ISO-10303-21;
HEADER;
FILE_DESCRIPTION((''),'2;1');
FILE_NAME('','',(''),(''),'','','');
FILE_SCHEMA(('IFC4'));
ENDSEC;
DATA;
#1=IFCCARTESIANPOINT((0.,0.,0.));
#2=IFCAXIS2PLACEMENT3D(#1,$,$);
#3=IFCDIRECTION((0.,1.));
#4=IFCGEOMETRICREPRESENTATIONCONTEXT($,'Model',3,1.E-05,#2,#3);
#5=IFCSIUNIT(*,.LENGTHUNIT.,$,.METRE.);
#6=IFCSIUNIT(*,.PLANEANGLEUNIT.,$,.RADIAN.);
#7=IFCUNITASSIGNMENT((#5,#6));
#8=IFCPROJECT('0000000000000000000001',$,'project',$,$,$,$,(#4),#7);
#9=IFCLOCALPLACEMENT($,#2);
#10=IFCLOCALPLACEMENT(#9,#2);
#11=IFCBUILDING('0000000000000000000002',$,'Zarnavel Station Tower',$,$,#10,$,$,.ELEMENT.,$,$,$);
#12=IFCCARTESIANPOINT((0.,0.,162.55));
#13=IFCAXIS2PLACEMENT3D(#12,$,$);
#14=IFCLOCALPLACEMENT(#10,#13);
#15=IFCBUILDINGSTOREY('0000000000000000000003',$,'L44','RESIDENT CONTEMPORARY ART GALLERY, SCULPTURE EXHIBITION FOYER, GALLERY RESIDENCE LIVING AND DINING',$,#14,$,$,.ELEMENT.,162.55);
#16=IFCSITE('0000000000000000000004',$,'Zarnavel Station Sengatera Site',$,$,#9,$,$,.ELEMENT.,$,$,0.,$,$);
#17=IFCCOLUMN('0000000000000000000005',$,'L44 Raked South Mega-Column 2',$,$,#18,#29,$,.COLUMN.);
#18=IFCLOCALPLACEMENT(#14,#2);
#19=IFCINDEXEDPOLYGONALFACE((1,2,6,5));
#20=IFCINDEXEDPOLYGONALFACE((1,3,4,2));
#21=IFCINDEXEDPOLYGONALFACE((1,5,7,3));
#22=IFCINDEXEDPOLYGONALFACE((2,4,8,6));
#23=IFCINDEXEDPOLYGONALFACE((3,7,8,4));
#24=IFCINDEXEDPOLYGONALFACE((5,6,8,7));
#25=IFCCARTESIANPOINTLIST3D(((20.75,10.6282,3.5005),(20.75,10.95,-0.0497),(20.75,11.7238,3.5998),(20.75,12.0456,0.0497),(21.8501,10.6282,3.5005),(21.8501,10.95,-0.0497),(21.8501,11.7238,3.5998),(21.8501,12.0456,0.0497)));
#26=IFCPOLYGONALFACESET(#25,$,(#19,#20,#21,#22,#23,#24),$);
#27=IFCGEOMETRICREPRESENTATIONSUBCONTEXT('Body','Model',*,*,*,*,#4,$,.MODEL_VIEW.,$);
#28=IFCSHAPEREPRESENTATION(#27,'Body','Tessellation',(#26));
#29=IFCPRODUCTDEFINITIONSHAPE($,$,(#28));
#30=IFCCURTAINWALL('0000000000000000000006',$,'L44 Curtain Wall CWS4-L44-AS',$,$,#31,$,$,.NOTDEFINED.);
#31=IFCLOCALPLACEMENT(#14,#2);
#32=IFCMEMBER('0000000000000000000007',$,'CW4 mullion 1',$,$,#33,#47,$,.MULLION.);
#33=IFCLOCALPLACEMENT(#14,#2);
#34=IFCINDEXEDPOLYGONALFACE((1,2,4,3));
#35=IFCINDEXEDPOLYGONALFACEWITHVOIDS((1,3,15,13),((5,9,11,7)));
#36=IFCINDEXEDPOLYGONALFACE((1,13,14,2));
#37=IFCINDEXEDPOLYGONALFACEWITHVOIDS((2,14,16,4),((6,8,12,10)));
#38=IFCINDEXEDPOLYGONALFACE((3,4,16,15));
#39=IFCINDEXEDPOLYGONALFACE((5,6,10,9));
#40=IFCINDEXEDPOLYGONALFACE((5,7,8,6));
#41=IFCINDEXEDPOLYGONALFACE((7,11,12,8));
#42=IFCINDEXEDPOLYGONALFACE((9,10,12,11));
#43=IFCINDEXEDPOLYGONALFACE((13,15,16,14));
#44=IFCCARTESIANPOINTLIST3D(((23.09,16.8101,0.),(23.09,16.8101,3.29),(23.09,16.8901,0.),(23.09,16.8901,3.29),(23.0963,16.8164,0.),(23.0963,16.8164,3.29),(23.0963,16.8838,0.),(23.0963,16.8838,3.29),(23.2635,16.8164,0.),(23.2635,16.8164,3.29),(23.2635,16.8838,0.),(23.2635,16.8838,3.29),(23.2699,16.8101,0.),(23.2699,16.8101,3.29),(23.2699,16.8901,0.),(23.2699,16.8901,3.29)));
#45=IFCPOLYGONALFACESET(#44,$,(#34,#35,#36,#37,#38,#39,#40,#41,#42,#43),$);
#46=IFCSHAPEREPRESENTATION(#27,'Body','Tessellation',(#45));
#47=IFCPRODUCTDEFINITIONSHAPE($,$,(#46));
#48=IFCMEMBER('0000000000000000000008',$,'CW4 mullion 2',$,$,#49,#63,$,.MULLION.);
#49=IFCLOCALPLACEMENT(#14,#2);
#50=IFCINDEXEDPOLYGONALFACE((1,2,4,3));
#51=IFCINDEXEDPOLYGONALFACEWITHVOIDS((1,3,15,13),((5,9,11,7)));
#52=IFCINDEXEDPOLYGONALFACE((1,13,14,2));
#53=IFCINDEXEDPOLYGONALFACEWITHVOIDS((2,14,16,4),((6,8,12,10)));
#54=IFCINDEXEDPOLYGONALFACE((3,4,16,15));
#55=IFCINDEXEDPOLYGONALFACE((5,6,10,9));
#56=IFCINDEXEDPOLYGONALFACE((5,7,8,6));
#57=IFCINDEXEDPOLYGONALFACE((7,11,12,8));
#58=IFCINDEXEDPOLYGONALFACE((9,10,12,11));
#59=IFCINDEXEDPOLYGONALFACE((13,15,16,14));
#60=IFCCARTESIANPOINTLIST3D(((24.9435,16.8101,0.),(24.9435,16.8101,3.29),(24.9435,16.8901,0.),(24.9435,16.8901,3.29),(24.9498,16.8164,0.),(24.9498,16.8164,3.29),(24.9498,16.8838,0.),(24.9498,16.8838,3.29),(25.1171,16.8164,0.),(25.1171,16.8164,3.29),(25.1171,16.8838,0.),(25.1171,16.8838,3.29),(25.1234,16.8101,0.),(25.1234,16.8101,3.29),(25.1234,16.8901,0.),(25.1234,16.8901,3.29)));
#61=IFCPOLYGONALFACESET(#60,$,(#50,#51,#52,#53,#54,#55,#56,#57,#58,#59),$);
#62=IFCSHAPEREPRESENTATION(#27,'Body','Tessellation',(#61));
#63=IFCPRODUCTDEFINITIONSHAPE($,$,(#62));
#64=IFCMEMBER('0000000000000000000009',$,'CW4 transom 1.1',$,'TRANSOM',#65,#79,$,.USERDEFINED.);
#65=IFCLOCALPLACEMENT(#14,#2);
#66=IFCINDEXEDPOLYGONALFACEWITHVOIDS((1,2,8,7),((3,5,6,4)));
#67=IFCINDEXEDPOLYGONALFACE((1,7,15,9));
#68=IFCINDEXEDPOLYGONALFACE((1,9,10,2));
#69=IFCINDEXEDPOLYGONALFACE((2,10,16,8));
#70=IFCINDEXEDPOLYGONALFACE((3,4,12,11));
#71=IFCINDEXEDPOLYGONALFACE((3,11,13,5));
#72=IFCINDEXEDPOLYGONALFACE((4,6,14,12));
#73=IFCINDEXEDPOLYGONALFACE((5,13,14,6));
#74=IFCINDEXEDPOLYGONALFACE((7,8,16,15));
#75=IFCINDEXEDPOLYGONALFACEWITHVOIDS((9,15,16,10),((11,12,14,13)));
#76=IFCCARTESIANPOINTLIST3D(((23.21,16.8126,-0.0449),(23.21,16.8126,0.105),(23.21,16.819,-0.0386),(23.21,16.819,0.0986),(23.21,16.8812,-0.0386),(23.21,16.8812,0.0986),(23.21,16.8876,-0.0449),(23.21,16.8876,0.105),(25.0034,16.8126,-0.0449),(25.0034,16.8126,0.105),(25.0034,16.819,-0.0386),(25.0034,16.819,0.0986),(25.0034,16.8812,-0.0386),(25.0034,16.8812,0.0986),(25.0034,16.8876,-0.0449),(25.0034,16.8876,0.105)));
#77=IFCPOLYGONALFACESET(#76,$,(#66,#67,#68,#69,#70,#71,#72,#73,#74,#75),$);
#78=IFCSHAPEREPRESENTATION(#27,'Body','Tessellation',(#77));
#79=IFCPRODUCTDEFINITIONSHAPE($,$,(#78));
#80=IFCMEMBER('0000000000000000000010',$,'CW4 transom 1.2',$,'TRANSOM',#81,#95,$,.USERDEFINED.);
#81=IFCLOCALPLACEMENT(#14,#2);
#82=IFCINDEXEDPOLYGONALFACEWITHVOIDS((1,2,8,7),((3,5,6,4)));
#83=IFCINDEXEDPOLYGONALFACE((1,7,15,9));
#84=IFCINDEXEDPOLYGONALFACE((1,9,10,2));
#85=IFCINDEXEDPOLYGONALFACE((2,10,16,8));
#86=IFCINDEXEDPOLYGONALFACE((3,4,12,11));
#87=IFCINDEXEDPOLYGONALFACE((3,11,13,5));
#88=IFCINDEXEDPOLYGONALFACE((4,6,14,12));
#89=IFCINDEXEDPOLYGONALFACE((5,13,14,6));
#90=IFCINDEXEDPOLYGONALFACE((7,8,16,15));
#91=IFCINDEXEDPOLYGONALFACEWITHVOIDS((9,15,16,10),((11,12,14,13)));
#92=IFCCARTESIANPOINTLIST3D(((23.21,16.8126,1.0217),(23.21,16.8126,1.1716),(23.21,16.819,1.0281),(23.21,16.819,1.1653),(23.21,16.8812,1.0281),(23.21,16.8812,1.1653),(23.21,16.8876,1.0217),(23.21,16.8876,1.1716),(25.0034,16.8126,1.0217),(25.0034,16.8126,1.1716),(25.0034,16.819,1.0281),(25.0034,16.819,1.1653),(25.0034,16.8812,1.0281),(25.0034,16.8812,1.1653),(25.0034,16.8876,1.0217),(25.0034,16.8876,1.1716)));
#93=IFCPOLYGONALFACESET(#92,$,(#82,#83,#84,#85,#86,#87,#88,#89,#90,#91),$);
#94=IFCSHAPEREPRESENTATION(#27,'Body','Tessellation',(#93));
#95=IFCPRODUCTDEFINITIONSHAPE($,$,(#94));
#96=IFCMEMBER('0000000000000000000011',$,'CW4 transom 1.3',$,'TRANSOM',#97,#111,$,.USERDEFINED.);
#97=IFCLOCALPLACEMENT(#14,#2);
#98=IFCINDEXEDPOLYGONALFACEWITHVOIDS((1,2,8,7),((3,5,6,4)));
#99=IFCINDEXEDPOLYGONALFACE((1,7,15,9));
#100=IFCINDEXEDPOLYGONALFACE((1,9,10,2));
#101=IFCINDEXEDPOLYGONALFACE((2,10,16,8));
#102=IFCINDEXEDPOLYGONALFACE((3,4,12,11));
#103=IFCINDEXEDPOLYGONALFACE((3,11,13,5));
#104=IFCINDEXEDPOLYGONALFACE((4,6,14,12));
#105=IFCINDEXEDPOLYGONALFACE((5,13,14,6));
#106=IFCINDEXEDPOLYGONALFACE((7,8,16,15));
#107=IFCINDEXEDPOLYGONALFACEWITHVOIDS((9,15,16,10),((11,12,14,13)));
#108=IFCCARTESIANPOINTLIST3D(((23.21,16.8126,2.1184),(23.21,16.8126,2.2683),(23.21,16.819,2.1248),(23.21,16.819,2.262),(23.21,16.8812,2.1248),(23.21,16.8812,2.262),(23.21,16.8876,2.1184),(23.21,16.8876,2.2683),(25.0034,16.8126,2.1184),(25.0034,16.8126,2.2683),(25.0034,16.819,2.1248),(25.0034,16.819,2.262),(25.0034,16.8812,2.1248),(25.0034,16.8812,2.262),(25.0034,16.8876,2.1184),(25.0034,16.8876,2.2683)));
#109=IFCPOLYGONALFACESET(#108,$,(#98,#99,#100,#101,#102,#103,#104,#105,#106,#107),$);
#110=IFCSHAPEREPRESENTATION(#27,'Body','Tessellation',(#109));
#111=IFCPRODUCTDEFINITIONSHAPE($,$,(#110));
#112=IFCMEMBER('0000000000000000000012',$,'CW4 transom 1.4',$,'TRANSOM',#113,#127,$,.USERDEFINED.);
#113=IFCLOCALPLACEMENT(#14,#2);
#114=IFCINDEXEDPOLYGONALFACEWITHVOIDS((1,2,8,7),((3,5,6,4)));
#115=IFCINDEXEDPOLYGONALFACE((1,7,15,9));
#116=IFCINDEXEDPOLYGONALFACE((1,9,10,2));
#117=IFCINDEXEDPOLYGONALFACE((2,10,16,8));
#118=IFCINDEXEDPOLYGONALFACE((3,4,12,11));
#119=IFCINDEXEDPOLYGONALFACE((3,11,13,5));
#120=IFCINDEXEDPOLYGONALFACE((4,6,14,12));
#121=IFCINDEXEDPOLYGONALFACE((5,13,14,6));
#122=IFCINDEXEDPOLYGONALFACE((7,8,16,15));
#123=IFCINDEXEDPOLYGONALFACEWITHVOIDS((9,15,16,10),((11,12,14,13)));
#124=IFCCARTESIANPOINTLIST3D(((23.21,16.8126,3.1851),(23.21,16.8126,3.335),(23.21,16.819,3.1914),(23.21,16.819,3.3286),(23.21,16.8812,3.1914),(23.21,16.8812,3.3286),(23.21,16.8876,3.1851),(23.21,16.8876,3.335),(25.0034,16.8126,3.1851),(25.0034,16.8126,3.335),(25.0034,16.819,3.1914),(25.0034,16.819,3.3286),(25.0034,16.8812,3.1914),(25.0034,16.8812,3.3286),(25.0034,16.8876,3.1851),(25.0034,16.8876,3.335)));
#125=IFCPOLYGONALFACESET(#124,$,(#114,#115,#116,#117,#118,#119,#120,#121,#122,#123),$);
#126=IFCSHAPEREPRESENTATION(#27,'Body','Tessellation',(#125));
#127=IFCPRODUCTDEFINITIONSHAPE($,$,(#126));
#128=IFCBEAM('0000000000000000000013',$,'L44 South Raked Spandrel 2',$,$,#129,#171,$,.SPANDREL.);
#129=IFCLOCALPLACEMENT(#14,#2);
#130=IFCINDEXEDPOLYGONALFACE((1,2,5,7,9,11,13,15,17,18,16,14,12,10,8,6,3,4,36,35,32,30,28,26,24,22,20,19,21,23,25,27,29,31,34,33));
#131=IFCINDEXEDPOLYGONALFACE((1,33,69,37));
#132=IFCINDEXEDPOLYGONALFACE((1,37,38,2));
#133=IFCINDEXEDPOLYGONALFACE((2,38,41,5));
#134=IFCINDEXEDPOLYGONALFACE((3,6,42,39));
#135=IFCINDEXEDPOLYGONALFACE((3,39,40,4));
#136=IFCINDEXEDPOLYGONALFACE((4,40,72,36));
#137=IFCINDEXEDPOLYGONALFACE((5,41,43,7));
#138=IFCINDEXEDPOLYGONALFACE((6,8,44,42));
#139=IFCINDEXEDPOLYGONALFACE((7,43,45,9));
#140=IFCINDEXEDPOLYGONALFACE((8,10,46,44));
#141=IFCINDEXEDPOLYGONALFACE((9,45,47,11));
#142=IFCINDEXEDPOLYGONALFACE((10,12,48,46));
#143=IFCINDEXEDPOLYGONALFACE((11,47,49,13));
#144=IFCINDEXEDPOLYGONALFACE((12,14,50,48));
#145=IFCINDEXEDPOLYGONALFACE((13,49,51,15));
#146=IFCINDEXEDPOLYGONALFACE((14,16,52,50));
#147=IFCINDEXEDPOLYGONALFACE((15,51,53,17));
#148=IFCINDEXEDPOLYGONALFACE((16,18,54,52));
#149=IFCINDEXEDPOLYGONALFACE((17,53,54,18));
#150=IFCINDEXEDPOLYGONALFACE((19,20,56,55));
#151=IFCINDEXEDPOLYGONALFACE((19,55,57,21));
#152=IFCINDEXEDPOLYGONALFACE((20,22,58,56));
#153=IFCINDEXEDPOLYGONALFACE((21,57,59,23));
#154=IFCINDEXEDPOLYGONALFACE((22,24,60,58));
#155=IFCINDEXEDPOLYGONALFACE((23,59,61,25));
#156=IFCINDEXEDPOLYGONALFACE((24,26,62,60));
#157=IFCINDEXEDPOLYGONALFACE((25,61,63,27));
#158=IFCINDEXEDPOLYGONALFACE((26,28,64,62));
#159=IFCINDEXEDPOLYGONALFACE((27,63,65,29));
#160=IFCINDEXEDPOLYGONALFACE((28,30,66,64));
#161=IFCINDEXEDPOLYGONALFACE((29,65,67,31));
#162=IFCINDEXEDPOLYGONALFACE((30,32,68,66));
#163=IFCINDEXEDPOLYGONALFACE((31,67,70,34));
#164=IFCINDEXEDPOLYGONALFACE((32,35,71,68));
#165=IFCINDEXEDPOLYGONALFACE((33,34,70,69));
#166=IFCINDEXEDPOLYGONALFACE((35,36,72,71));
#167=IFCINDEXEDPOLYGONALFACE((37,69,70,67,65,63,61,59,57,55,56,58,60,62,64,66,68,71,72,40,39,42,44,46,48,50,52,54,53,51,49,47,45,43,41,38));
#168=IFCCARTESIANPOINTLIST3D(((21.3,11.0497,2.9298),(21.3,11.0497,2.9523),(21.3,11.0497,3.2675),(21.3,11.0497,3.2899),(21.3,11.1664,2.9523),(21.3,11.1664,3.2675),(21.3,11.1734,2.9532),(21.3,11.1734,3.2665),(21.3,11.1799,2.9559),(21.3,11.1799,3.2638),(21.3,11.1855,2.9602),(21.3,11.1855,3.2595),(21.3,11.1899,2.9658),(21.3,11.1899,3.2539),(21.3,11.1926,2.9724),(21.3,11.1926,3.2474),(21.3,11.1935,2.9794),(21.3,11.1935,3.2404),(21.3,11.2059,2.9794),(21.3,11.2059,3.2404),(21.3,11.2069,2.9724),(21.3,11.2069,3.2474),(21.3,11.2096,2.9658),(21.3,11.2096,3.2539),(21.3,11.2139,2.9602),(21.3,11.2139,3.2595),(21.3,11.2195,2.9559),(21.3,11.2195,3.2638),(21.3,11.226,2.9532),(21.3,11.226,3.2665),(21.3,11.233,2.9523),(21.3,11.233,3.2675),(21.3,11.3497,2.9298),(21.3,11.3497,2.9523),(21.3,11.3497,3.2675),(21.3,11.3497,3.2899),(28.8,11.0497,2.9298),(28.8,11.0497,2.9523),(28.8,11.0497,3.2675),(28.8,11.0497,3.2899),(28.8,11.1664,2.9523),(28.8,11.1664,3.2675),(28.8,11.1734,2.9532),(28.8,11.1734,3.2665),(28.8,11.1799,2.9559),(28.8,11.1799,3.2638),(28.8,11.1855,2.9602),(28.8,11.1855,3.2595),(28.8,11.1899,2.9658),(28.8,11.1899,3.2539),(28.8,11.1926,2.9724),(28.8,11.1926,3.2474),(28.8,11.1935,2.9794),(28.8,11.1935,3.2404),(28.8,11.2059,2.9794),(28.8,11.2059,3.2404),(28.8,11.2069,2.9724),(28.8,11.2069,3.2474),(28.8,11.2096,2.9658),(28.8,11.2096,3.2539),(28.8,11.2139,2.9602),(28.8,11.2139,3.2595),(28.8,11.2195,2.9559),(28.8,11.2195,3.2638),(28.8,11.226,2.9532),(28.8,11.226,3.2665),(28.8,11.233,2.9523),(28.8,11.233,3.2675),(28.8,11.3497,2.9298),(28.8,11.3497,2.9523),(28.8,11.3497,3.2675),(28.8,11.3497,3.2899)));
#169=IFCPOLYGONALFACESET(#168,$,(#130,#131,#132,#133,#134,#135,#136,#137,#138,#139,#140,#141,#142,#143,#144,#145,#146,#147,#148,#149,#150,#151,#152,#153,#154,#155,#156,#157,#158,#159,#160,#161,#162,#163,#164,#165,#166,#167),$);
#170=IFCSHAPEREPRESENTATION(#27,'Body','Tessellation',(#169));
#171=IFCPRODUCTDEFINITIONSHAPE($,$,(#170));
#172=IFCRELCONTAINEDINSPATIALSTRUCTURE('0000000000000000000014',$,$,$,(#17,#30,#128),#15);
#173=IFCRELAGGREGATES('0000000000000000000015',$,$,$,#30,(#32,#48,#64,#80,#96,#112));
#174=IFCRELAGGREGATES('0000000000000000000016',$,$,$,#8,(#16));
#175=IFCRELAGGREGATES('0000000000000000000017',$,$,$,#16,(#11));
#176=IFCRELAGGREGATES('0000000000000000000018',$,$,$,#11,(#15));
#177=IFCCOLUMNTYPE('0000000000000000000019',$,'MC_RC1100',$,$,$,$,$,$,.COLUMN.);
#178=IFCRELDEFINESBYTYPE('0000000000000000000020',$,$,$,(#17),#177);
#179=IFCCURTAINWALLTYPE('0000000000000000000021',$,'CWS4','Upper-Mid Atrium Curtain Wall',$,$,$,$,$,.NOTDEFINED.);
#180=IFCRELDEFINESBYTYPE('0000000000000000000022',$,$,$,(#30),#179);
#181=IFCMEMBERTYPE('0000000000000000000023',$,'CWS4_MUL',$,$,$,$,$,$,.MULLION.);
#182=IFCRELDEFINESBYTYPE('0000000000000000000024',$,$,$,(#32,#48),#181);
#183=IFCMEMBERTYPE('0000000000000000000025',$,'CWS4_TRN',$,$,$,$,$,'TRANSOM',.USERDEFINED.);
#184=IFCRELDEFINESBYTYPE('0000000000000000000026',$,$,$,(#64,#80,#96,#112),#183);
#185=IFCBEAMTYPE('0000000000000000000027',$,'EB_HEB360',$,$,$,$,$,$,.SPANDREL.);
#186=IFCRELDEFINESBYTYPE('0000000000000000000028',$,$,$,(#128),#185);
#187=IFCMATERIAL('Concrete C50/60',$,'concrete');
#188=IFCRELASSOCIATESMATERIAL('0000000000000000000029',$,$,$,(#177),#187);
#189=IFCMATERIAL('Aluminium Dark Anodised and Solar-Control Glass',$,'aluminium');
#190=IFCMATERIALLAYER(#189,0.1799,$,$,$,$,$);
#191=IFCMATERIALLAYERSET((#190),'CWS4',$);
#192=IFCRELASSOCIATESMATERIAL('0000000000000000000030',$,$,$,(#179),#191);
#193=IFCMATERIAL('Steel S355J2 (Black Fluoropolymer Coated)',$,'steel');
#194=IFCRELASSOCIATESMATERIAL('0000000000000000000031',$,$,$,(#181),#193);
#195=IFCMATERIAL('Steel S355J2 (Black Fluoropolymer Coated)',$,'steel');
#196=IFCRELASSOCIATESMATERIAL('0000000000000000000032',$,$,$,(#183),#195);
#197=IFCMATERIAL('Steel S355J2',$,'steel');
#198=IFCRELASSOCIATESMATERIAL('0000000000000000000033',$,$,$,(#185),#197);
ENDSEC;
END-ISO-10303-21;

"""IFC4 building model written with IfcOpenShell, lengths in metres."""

from ifc_helpers import new_model, si_unit, direction, frame, origin, origin_2d, place, context, subcontext, project, spatial, rectangle, hollow_rectangle, i_section, extrude, material, layer, layer_set, material_profile, profile_set, type_object, element, aggregate, save


model = new_model("IFC4")

# Units and contexts
model_context = context("Model", 3, precision=1e-05, world=origin(), true_north=direction((0.0, 1.0)))
body_context = subcontext(model_context, "Body", "Model", "MODEL_VIEW")
ifc_project = project(units=[si_unit("LENGTHUNIT", "METRE"), si_unit("PLANEANGLEUNIT", "RADIAN")], contexts=[model_context])

# Site, building, storey
site_placement = place(None, origin())
site = spatial("IfcSite", under=ifc_project, at=site_placement, Name="Zarnavel Station Sengatera Site", CompositionType="ELEMENT", RefElevation=0.0)
building_placement = place(site_placement, origin())
building = spatial("IfcBuilding", under=site, at=building_placement, Name="Zarnavel Station Tower", CompositionType="ELEMENT")
storey_placement = place(building_placement, frame((0.0, 0.0, 162.55)))
storey = spatial("IfcBuildingStorey", under=building, at=storey_placement, Name="L44", Description="RESIDENT CONTEMPORARY ART GALLERY, SCULPTURE EXHIBITION FOYER, GALLERY RESIDENCE LIVING AND DINING", CompositionType="ELEMENT", Elevation=162.55)

# Column
ifc_material_1 = material(Name="Concrete C50/60", Category="concrete")
ifc_material_profile_1 = material_profile(ifc_material_1, rectangle(XDim=1.1001, YDim=1.1001, at=origin_2d()), Name="RC1100x1100")
ifc_profile_set_1 = profile_set([ifc_material_profile_1], Name="Concrete C50/60")
column_type = type_object("IfcColumnType", Name="MC_RC1100", PredefinedType="COLUMN", material=ifc_profile_set_1)
column_placement = place(storey_placement, frame((21.3, 11.4978, 0.0), z_axis=(0.0, -0.09027, 0.995917), x_axis=(1.0, 0.0, 0.0)))
element("IfcColumn", 1, at=column_placement, inside=storey, type_object=column_type, Name="L44 Raked South Mega-Column 2", PredefinedType="COLUMN", context=body_context, shape_type="SweptSolid", body=[
    extrude(rectangle(XDim=1.1001, YDim=1.1001, at=origin_2d()), origin(), (0.0, 0.0, 1.0), 3.5647),
])

# Curtain wall, members
ifc_material_2 = material(Name="Aluminium Dark Anodised and Solar-Control Glass", Category="aluminium")
ifc_layer_1 = layer(ifc_material_2, 0.1799)
ifc_layer_set_1 = layer_set([ifc_layer_1], Name="CWS4")
curtain_wall_type = type_object("IfcCurtainWallType", Name="CWS4", Description="Upper-Mid Atrium Curtain Wall", PredefinedType="NOTDEFINED", material=ifc_layer_set_1)
curtain_wall_placement = place(storey_placement, origin())
curtain_wall = element("IfcCurtainWall", 2, at=curtain_wall_placement, inside=storey, type_object=curtain_wall_type, Name="L44 Curtain Wall CWS4-L44-AS", PredefinedType="NOTDEFINED")
ifc_material_3 = material(Name="Steel S355J2 (Black Fluoropolymer Coated)", Category="steel")
ifc_material_profile_2 = material_profile(ifc_material_3, hollow_rectangle(XDim=0.0801, YDim=0.1799, WallThickness=0.0063, at=origin_2d()), Name="RHS180x80x6.3")
ifc_profile_set_2 = profile_set([ifc_material_profile_2], Name="Steel S355J2 (Black Fluoropolymer Coated)")
member_type_1 = type_object("IfcMemberType", Name="CWS4_MUL", PredefinedType="MULLION", material=ifc_profile_set_2)
member_1_placement = place(storey_placement, frame((23.1799, 16.8501, 0.0), z_axis=(0.0, 0.0, 1.0), x_axis=(0.0, 1.0, 0.0)))
member_1 = element("IfcMember", 3, at=member_1_placement, type_object=member_type_1, Name="CW4 mullion 1", PredefinedType="MULLION", context=body_context, shape_type="SweptSolid", body=[
    extrude(hollow_rectangle(XDim=0.0801, YDim=0.1799, WallThickness=0.0063, at=origin_2d()), origin(), (0.0, 0.0, 1.0), 3.29),
])
member_2_placement = place(storey_placement, frame((25.0334, 16.8501, 0.0), z_axis=(0.0, 0.0, 1.0), x_axis=(0.0, 1.0, 0.0)))
member_2 = element("IfcMember", 4, at=member_2_placement, type_object=member_type_1, Name="CW4 mullion 2", PredefinedType="MULLION", context=body_context, shape_type="SweptSolid", body=[
    extrude(hollow_rectangle(XDim=0.0801, YDim=0.1799, WallThickness=0.0063, at=origin_2d()), origin(), (0.0, 0.0, 1.0), 3.29),
])
ifc_material_4 = material(Name="Steel S355J2 (Black Fluoropolymer Coated)", Category="steel")
ifc_material_profile_3 = material_profile(ifc_material_4, hollow_rectangle(XDim=0.075, YDim=0.1499, WallThickness=0.0063, at=origin_2d()), Name="RHS150x75x6.3")
ifc_profile_set_3 = profile_set([ifc_material_profile_3], Name="Steel S355J2 (Black Fluoropolymer Coated)")
member_type_2 = type_object("IfcMemberType", Name="CWS4_TRN", ElementType="TRANSOM", PredefinedType="USERDEFINED", material=ifc_profile_set_3)
member_3_placement = place(storey_placement, frame((23.21, 16.8501, 0.03), z_axis=(1.0, 0.0, 0.0), x_axis=(0.0, 1.0, 0.0)))
member_3 = element("IfcMember", 5, at=member_3_placement, type_object=member_type_2, Name="CW4 transom 1.1", ObjectType="TRANSOM", PredefinedType="USERDEFINED", context=body_context, shape_type="SweptSolid", body=[
    extrude(hollow_rectangle(XDim=0.075, YDim=0.1499, WallThickness=0.0063, at=origin_2d()), origin(), (0.0, 0.0, 1.0), 1.7935),
])
member_4_placement = place(storey_placement, frame((23.21, 16.8501, 1.0967), z_axis=(1.0, 0.0, 0.0), x_axis=(0.0, 1.0, 0.0)))
member_4 = element("IfcMember", 6, at=member_4_placement, type_object=member_type_2, Name="CW4 transom 1.2", ObjectType="TRANSOM", PredefinedType="USERDEFINED", context=body_context, shape_type="SweptSolid", body=[
    extrude(hollow_rectangle(XDim=0.075, YDim=0.1499, WallThickness=0.0063, at=origin_2d()), origin(), (0.0, 0.0, 1.0), 1.7935),
])
member_5_placement = place(storey_placement, frame((23.21, 16.8501, 2.1934), z_axis=(1.0, 0.0, 0.0), x_axis=(0.0, 1.0, 0.0)))
member_5 = element("IfcMember", 7, at=member_5_placement, type_object=member_type_2, Name="CW4 transom 1.3", ObjectType="TRANSOM", PredefinedType="USERDEFINED", context=body_context, shape_type="SweptSolid", body=[
    extrude(hollow_rectangle(XDim=0.075, YDim=0.1499, WallThickness=0.0063, at=origin_2d()), origin(), (0.0, 0.0, 1.0), 1.7935),
])
member_6_placement = place(storey_placement, frame((23.21, 16.8501, 3.26), z_axis=(1.0, 0.0, 0.0), x_axis=(0.0, 1.0, 0.0)))
member_6 = element("IfcMember", 8, at=member_6_placement, type_object=member_type_2, Name="CW4 transom 1.4", ObjectType="TRANSOM", PredefinedType="USERDEFINED", context=body_context, shape_type="SweptSolid", body=[
    extrude(hollow_rectangle(XDim=0.075, YDim=0.1499, WallThickness=0.0063, at=origin_2d()), origin(), (0.0, 0.0, 1.0), 1.7935),
])

# Beam
ifc_material_5 = material(Name="Steel S355J2", Category="steel")
ifc_material_profile_4 = material_profile(ifc_material_5, i_section(OverallWidth=0.3, OverallDepth=0.3601, WebThickness=0.0125, FlangeThickness=0.0225, FilletRadius=0.0271, at=origin_2d()), Name="HEB360")
ifc_profile_set_4 = profile_set([ifc_material_profile_4], Name="Steel S355J2")
beam_type_1 = type_object("IfcBeamType", Name="EB_HEB360", PredefinedType="SPANDREL", material=ifc_profile_set_4)
beam_1_placement = place(storey_placement, frame((21.3, 11.1997, 3.1099), z_axis=(1.0, 0.0, 0.0), x_axis=(0.0, 1.0, 0.0)))
element("IfcBeam", 9, at=beam_1_placement, inside=storey, type_object=beam_type_1, Name="L44 South Raked Spandrel 2", PredefinedType="SPANDREL", context=body_context, shape_type="SweptSolid", body=[
    extrude(i_section(OverallWidth=0.3, OverallDepth=0.3601, WebThickness=0.0125, FlangeThickness=0.0225, FilletRadius=0.0271, at=origin_2d()), origin(), (0.0, 0.0, 1.0), 7.5),
])

aggregate(curtain_wall, [member_1, member_2, member_3, member_4, member_5, member_6])

save(model, "model.ifc")
